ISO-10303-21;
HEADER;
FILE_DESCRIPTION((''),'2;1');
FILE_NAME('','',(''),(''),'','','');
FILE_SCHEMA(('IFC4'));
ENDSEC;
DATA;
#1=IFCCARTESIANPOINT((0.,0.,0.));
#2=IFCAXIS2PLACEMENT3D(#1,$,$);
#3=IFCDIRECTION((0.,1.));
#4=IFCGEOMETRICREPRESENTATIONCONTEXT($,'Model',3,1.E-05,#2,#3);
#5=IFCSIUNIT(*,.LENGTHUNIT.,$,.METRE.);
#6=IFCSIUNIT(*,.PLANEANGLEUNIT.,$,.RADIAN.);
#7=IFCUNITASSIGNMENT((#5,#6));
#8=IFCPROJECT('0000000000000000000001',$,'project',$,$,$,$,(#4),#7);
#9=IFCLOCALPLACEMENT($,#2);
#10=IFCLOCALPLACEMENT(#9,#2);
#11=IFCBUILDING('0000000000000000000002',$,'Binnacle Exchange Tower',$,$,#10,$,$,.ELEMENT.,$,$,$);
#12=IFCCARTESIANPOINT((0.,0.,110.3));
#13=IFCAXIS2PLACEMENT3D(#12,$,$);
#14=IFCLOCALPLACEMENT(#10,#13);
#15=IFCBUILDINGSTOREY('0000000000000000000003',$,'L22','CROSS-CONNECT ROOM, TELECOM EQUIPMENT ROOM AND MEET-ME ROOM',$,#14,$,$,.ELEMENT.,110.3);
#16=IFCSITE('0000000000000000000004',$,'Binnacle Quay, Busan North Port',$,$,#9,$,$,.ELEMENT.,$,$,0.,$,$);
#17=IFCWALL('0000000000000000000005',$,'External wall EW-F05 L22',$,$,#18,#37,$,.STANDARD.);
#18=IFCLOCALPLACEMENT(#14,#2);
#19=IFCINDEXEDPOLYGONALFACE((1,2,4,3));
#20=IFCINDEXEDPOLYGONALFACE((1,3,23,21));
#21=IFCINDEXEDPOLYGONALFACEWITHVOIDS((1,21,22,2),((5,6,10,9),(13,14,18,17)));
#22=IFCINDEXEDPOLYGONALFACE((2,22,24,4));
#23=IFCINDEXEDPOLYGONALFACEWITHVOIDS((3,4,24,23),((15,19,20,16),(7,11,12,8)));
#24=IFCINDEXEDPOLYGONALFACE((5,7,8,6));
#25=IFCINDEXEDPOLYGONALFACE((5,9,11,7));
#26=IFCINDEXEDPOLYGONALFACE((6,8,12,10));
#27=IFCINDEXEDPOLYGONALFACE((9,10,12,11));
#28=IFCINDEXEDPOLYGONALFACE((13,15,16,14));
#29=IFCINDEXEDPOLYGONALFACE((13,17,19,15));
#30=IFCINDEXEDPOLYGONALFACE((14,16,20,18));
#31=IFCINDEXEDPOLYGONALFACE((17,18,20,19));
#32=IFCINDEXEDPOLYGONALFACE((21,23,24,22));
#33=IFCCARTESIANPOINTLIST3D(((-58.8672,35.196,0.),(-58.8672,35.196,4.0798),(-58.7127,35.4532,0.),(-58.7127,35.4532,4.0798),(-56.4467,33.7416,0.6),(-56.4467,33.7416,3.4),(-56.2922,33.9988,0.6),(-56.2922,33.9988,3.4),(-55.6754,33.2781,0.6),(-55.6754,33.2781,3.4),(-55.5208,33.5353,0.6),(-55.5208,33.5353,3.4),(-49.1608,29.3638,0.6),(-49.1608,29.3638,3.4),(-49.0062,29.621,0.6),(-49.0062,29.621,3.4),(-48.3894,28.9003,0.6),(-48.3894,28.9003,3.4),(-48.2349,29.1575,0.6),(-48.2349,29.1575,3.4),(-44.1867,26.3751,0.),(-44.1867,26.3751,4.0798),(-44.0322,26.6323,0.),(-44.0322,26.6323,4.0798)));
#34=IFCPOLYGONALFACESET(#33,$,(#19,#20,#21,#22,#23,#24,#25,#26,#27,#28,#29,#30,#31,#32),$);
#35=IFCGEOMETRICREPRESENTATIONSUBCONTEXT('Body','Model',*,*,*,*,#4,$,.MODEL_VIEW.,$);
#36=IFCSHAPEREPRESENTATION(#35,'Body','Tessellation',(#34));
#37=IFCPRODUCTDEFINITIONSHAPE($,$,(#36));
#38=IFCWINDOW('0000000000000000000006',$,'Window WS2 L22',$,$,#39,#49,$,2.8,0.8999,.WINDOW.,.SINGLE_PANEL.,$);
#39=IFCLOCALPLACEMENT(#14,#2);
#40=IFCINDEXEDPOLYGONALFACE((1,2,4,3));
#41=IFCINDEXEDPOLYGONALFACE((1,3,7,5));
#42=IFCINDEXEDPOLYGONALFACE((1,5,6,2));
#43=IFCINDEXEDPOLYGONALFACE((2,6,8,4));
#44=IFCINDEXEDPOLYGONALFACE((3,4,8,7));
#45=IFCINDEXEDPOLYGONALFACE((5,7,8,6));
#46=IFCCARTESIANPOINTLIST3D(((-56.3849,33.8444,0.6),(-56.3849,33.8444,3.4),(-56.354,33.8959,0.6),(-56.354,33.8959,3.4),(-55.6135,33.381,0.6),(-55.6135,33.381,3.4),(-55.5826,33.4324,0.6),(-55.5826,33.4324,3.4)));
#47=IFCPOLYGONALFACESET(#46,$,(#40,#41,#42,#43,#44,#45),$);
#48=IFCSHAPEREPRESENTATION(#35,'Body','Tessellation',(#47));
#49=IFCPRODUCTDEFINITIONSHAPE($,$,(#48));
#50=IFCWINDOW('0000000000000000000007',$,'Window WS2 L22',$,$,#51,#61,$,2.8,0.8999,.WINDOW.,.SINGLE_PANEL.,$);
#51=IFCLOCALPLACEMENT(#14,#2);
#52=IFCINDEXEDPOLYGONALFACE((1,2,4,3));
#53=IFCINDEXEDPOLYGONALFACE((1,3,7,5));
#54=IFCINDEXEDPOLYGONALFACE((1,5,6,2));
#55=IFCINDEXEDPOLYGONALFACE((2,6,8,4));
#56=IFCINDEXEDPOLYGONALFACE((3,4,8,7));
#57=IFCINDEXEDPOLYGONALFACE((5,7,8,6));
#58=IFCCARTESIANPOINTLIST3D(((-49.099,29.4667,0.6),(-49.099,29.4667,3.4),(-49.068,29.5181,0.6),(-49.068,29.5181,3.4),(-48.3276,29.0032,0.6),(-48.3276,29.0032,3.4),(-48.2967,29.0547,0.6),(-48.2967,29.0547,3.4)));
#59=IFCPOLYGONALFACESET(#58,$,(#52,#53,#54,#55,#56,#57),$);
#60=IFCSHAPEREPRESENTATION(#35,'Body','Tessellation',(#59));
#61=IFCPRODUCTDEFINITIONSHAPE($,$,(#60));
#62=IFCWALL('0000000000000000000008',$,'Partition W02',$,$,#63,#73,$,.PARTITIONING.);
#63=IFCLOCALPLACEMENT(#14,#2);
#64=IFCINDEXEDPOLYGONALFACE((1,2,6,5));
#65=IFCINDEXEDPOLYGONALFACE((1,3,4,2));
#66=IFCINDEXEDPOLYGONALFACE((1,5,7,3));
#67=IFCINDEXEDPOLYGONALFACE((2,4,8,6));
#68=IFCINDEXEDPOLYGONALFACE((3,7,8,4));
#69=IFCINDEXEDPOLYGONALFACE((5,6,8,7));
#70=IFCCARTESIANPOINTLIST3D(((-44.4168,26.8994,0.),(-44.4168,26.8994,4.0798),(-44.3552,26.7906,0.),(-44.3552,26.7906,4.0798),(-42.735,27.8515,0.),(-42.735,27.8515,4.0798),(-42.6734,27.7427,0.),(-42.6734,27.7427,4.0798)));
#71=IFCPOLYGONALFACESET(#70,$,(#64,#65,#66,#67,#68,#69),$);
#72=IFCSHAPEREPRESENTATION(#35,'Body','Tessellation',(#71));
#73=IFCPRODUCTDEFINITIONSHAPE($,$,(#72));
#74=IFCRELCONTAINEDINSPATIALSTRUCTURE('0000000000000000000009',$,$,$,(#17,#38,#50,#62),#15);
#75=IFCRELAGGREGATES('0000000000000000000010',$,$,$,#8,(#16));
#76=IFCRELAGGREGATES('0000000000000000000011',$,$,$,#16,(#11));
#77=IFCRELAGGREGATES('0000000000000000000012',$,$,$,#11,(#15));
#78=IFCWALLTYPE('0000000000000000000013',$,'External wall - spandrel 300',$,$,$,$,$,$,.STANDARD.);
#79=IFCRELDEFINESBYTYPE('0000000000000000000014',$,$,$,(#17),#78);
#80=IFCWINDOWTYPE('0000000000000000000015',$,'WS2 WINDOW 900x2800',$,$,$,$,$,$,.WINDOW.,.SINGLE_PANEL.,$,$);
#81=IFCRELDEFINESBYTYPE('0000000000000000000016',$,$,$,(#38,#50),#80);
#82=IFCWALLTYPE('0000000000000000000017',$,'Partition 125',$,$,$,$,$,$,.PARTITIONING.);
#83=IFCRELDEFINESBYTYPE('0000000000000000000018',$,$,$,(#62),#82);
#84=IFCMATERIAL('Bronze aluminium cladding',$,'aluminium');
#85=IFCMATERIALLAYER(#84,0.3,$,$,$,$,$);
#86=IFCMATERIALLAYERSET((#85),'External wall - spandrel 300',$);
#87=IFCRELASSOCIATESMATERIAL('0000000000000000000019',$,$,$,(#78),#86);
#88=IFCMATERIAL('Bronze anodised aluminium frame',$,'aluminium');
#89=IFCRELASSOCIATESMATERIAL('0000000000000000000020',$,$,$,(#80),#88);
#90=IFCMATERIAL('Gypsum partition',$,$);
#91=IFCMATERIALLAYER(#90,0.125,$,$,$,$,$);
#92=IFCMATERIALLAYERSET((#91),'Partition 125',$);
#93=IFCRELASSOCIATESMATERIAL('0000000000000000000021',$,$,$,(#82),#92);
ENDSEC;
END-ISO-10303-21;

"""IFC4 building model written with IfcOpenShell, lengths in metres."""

from ifc_helpers import new_model, si_unit, direction, frame, frame_2d, origin, place, context, subcontext, project, spatial, rectangle, extrude, material, layer, layer_set, type_object, element, fill, save


model = new_model("IFC4")

# Units and contexts
model_context = context("Model", 3, precision=1e-05, world=origin(), true_north=direction((0.0, 1.0)))
body_context = subcontext(model_context, "Body", "Model", "MODEL_VIEW")
ifc_project = project(units=[si_unit("LENGTHUNIT", "METRE"), si_unit("PLANEANGLEUNIT", "RADIAN")], contexts=[model_context])

# Site, building, storey
site_placement = place(None, origin())
site = spatial("IfcSite", under=ifc_project, at=site_placement, Name="Binnacle Quay, Busan North Port", CompositionType="ELEMENT", RefElevation=0.0)
building_placement = place(site_placement, origin())
building = spatial("IfcBuilding", under=site, at=building_placement, Name="Binnacle Exchange Tower", CompositionType="ELEMENT")
storey_placement = place(building_placement, frame((0.0, 0.0, 110.3)))
storey = spatial("IfcBuildingStorey", under=building, at=storey_placement, Name="L22", Description="CROSS-CONNECT ROOM, TELECOM EQUIPMENT ROOM AND MEET-ME ROOM", CompositionType="ELEMENT", Elevation=110.3)

# Shared definitions
ifc_material_1 = material(Name="Bronze aluminium cladding", Category="aluminium")
ifc_layer_1 = layer(ifc_material_1, 0.3)
ifc_layer_set_1 = layer_set([ifc_layer_1], Name="External wall - spandrel 300")
wall_type_1 = type_object("IfcWallType", Name="External wall - spandrel 300", PredefinedType="STANDARD", material=ifc_layer_set_1)
ifc_material_2 = material(Name="Bronze anodised aluminium frame", Category="aluminium")
window_type = type_object("IfcWindowType", Name="WS2 WINDOW 900x2800", PartitioningType="SINGLE_PANEL", PredefinedType="WINDOW", material=ifc_material_2)

# Wall, openings, windows
wall_1_placement = place(storey_placement, frame((-44.1094, 26.5037, 0.0), z_axis=(0.0, 0.0, 1.0), x_axis=(-0.85717, 0.515034, 0.0)))
wall_1 = element("IfcWall", 1, at=wall_1_placement, inside=storey, type_object=wall_type_1, Name="External wall EW-F05 L22", PredefinedType="STANDARD", context=body_context, shape_type="SweptSolid", body=[
    extrude(rectangle(XDim=17.1267, YDim=0.3, at=frame_2d((8.5635, 0.0))), origin(), (0.0, 0.0, 1.0), 4.0798),
])
opening_1_placement = place(wall_1_placement, frame((13.4031, 0.0, 0.6001)))
opening_1 = element("IfcOpeningElement", 2, at=opening_1_placement, cuts=wall_1, PredefinedType="OPENING", context=body_context, shape_type="SweptSolid", body=[
    extrude(rectangle(XDim=0.8999, YDim=2.8, at=frame_2d((0.45, 1.3999))), frame((0.0, 0.1599, 0.0), z_axis=(0.0, -1.0, 0.0), x_axis=(1.0, 0.0, 0.0)), (0.0, 0.0, 1.0), 0.3201),
])
opening_2_placement = place(wall_1_placement, frame((4.9031, 0.0, 0.6001)))
opening_2 = element("IfcOpeningElement", 3, at=opening_2_placement, cuts=wall_1, PredefinedType="OPENING", context=body_context, shape_type="SweptSolid", body=[
    extrude(rectangle(XDim=0.8999, YDim=2.8, at=frame_2d((0.45, 1.3999))), frame((0.0, 0.1599, 0.0), z_axis=(0.0, -1.0, 0.0), x_axis=(1.0, 0.0, 0.0)), (0.0, 0.0, 1.0), 0.3201),
])
window_1_placement = place(opening_1_placement, origin())
window_1 = element("IfcWindow", 4, at=window_1_placement, inside=storey, type_object=window_type, Name="Window WS2 L22", OverallHeight=2.8, OverallWidth=0.8999, PartitioningType="SINGLE_PANEL", PredefinedType="WINDOW", context=body_context, shape_type="SweptSolid", body=[
    extrude(rectangle(XDim=0.8999, YDim=2.8, at=frame_2d((0.45, 1.3999))), frame((0.0, 0.03, 0.0), z_axis=(0.0, -1.0, 0.0), x_axis=(1.0, 0.0, 0.0)), (0.0, 0.0, 1.0), 0.0601),
])
fill(opening_1, window_1)
window_2_placement = place(opening_2_placement, origin())
window_2 = element("IfcWindow", 5, at=window_2_placement, inside=storey, type_object=window_type, Name="Window WS2 L22", OverallHeight=2.8, OverallWidth=0.8999, PartitioningType="SINGLE_PANEL", PredefinedType="WINDOW", context=body_context, shape_type="SweptSolid", body=[
    extrude(rectangle(XDim=0.8999, YDim=2.8, at=frame_2d((0.45, 1.3999))), frame((0.0, 0.03, 0.0), z_axis=(0.0, -1.0, 0.0), x_axis=(1.0, 0.0, 0.0)), (0.0, 0.0, 1.0), 0.0601),
])
fill(opening_2, window_2)

# Wall
ifc_material_3 = material(Name="Gypsum partition")
ifc_layer_2 = layer(ifc_material_3, 0.125)
ifc_layer_set_2 = layer_set([ifc_layer_2], Name="Partition 125")
wall_type_2 = type_object("IfcWallType", Name="Partition 125", PredefinedType="PARTITIONING", material=ifc_layer_set_2)
wall_2_placement = place(storey_placement, frame((-44.386, 26.845, 0.0), z_axis=(0.0, 0.0, 1.0), x_axis=(0.870226, 0.492652, 0.0)))
element("IfcWall", 6, at=wall_2_placement, inside=storey, type_object=wall_type_2, Name="Partition W02", PredefinedType="PARTITIONING", context=body_context, shape_type="SweptSolid", body=[
    extrude(rectangle(XDim=1.9326, YDim=0.125, at=frame_2d((0.9663, 0.0))), origin(), (0.0, 0.0, 1.0), 4.0798),
])

save(model, "model.ifc")
